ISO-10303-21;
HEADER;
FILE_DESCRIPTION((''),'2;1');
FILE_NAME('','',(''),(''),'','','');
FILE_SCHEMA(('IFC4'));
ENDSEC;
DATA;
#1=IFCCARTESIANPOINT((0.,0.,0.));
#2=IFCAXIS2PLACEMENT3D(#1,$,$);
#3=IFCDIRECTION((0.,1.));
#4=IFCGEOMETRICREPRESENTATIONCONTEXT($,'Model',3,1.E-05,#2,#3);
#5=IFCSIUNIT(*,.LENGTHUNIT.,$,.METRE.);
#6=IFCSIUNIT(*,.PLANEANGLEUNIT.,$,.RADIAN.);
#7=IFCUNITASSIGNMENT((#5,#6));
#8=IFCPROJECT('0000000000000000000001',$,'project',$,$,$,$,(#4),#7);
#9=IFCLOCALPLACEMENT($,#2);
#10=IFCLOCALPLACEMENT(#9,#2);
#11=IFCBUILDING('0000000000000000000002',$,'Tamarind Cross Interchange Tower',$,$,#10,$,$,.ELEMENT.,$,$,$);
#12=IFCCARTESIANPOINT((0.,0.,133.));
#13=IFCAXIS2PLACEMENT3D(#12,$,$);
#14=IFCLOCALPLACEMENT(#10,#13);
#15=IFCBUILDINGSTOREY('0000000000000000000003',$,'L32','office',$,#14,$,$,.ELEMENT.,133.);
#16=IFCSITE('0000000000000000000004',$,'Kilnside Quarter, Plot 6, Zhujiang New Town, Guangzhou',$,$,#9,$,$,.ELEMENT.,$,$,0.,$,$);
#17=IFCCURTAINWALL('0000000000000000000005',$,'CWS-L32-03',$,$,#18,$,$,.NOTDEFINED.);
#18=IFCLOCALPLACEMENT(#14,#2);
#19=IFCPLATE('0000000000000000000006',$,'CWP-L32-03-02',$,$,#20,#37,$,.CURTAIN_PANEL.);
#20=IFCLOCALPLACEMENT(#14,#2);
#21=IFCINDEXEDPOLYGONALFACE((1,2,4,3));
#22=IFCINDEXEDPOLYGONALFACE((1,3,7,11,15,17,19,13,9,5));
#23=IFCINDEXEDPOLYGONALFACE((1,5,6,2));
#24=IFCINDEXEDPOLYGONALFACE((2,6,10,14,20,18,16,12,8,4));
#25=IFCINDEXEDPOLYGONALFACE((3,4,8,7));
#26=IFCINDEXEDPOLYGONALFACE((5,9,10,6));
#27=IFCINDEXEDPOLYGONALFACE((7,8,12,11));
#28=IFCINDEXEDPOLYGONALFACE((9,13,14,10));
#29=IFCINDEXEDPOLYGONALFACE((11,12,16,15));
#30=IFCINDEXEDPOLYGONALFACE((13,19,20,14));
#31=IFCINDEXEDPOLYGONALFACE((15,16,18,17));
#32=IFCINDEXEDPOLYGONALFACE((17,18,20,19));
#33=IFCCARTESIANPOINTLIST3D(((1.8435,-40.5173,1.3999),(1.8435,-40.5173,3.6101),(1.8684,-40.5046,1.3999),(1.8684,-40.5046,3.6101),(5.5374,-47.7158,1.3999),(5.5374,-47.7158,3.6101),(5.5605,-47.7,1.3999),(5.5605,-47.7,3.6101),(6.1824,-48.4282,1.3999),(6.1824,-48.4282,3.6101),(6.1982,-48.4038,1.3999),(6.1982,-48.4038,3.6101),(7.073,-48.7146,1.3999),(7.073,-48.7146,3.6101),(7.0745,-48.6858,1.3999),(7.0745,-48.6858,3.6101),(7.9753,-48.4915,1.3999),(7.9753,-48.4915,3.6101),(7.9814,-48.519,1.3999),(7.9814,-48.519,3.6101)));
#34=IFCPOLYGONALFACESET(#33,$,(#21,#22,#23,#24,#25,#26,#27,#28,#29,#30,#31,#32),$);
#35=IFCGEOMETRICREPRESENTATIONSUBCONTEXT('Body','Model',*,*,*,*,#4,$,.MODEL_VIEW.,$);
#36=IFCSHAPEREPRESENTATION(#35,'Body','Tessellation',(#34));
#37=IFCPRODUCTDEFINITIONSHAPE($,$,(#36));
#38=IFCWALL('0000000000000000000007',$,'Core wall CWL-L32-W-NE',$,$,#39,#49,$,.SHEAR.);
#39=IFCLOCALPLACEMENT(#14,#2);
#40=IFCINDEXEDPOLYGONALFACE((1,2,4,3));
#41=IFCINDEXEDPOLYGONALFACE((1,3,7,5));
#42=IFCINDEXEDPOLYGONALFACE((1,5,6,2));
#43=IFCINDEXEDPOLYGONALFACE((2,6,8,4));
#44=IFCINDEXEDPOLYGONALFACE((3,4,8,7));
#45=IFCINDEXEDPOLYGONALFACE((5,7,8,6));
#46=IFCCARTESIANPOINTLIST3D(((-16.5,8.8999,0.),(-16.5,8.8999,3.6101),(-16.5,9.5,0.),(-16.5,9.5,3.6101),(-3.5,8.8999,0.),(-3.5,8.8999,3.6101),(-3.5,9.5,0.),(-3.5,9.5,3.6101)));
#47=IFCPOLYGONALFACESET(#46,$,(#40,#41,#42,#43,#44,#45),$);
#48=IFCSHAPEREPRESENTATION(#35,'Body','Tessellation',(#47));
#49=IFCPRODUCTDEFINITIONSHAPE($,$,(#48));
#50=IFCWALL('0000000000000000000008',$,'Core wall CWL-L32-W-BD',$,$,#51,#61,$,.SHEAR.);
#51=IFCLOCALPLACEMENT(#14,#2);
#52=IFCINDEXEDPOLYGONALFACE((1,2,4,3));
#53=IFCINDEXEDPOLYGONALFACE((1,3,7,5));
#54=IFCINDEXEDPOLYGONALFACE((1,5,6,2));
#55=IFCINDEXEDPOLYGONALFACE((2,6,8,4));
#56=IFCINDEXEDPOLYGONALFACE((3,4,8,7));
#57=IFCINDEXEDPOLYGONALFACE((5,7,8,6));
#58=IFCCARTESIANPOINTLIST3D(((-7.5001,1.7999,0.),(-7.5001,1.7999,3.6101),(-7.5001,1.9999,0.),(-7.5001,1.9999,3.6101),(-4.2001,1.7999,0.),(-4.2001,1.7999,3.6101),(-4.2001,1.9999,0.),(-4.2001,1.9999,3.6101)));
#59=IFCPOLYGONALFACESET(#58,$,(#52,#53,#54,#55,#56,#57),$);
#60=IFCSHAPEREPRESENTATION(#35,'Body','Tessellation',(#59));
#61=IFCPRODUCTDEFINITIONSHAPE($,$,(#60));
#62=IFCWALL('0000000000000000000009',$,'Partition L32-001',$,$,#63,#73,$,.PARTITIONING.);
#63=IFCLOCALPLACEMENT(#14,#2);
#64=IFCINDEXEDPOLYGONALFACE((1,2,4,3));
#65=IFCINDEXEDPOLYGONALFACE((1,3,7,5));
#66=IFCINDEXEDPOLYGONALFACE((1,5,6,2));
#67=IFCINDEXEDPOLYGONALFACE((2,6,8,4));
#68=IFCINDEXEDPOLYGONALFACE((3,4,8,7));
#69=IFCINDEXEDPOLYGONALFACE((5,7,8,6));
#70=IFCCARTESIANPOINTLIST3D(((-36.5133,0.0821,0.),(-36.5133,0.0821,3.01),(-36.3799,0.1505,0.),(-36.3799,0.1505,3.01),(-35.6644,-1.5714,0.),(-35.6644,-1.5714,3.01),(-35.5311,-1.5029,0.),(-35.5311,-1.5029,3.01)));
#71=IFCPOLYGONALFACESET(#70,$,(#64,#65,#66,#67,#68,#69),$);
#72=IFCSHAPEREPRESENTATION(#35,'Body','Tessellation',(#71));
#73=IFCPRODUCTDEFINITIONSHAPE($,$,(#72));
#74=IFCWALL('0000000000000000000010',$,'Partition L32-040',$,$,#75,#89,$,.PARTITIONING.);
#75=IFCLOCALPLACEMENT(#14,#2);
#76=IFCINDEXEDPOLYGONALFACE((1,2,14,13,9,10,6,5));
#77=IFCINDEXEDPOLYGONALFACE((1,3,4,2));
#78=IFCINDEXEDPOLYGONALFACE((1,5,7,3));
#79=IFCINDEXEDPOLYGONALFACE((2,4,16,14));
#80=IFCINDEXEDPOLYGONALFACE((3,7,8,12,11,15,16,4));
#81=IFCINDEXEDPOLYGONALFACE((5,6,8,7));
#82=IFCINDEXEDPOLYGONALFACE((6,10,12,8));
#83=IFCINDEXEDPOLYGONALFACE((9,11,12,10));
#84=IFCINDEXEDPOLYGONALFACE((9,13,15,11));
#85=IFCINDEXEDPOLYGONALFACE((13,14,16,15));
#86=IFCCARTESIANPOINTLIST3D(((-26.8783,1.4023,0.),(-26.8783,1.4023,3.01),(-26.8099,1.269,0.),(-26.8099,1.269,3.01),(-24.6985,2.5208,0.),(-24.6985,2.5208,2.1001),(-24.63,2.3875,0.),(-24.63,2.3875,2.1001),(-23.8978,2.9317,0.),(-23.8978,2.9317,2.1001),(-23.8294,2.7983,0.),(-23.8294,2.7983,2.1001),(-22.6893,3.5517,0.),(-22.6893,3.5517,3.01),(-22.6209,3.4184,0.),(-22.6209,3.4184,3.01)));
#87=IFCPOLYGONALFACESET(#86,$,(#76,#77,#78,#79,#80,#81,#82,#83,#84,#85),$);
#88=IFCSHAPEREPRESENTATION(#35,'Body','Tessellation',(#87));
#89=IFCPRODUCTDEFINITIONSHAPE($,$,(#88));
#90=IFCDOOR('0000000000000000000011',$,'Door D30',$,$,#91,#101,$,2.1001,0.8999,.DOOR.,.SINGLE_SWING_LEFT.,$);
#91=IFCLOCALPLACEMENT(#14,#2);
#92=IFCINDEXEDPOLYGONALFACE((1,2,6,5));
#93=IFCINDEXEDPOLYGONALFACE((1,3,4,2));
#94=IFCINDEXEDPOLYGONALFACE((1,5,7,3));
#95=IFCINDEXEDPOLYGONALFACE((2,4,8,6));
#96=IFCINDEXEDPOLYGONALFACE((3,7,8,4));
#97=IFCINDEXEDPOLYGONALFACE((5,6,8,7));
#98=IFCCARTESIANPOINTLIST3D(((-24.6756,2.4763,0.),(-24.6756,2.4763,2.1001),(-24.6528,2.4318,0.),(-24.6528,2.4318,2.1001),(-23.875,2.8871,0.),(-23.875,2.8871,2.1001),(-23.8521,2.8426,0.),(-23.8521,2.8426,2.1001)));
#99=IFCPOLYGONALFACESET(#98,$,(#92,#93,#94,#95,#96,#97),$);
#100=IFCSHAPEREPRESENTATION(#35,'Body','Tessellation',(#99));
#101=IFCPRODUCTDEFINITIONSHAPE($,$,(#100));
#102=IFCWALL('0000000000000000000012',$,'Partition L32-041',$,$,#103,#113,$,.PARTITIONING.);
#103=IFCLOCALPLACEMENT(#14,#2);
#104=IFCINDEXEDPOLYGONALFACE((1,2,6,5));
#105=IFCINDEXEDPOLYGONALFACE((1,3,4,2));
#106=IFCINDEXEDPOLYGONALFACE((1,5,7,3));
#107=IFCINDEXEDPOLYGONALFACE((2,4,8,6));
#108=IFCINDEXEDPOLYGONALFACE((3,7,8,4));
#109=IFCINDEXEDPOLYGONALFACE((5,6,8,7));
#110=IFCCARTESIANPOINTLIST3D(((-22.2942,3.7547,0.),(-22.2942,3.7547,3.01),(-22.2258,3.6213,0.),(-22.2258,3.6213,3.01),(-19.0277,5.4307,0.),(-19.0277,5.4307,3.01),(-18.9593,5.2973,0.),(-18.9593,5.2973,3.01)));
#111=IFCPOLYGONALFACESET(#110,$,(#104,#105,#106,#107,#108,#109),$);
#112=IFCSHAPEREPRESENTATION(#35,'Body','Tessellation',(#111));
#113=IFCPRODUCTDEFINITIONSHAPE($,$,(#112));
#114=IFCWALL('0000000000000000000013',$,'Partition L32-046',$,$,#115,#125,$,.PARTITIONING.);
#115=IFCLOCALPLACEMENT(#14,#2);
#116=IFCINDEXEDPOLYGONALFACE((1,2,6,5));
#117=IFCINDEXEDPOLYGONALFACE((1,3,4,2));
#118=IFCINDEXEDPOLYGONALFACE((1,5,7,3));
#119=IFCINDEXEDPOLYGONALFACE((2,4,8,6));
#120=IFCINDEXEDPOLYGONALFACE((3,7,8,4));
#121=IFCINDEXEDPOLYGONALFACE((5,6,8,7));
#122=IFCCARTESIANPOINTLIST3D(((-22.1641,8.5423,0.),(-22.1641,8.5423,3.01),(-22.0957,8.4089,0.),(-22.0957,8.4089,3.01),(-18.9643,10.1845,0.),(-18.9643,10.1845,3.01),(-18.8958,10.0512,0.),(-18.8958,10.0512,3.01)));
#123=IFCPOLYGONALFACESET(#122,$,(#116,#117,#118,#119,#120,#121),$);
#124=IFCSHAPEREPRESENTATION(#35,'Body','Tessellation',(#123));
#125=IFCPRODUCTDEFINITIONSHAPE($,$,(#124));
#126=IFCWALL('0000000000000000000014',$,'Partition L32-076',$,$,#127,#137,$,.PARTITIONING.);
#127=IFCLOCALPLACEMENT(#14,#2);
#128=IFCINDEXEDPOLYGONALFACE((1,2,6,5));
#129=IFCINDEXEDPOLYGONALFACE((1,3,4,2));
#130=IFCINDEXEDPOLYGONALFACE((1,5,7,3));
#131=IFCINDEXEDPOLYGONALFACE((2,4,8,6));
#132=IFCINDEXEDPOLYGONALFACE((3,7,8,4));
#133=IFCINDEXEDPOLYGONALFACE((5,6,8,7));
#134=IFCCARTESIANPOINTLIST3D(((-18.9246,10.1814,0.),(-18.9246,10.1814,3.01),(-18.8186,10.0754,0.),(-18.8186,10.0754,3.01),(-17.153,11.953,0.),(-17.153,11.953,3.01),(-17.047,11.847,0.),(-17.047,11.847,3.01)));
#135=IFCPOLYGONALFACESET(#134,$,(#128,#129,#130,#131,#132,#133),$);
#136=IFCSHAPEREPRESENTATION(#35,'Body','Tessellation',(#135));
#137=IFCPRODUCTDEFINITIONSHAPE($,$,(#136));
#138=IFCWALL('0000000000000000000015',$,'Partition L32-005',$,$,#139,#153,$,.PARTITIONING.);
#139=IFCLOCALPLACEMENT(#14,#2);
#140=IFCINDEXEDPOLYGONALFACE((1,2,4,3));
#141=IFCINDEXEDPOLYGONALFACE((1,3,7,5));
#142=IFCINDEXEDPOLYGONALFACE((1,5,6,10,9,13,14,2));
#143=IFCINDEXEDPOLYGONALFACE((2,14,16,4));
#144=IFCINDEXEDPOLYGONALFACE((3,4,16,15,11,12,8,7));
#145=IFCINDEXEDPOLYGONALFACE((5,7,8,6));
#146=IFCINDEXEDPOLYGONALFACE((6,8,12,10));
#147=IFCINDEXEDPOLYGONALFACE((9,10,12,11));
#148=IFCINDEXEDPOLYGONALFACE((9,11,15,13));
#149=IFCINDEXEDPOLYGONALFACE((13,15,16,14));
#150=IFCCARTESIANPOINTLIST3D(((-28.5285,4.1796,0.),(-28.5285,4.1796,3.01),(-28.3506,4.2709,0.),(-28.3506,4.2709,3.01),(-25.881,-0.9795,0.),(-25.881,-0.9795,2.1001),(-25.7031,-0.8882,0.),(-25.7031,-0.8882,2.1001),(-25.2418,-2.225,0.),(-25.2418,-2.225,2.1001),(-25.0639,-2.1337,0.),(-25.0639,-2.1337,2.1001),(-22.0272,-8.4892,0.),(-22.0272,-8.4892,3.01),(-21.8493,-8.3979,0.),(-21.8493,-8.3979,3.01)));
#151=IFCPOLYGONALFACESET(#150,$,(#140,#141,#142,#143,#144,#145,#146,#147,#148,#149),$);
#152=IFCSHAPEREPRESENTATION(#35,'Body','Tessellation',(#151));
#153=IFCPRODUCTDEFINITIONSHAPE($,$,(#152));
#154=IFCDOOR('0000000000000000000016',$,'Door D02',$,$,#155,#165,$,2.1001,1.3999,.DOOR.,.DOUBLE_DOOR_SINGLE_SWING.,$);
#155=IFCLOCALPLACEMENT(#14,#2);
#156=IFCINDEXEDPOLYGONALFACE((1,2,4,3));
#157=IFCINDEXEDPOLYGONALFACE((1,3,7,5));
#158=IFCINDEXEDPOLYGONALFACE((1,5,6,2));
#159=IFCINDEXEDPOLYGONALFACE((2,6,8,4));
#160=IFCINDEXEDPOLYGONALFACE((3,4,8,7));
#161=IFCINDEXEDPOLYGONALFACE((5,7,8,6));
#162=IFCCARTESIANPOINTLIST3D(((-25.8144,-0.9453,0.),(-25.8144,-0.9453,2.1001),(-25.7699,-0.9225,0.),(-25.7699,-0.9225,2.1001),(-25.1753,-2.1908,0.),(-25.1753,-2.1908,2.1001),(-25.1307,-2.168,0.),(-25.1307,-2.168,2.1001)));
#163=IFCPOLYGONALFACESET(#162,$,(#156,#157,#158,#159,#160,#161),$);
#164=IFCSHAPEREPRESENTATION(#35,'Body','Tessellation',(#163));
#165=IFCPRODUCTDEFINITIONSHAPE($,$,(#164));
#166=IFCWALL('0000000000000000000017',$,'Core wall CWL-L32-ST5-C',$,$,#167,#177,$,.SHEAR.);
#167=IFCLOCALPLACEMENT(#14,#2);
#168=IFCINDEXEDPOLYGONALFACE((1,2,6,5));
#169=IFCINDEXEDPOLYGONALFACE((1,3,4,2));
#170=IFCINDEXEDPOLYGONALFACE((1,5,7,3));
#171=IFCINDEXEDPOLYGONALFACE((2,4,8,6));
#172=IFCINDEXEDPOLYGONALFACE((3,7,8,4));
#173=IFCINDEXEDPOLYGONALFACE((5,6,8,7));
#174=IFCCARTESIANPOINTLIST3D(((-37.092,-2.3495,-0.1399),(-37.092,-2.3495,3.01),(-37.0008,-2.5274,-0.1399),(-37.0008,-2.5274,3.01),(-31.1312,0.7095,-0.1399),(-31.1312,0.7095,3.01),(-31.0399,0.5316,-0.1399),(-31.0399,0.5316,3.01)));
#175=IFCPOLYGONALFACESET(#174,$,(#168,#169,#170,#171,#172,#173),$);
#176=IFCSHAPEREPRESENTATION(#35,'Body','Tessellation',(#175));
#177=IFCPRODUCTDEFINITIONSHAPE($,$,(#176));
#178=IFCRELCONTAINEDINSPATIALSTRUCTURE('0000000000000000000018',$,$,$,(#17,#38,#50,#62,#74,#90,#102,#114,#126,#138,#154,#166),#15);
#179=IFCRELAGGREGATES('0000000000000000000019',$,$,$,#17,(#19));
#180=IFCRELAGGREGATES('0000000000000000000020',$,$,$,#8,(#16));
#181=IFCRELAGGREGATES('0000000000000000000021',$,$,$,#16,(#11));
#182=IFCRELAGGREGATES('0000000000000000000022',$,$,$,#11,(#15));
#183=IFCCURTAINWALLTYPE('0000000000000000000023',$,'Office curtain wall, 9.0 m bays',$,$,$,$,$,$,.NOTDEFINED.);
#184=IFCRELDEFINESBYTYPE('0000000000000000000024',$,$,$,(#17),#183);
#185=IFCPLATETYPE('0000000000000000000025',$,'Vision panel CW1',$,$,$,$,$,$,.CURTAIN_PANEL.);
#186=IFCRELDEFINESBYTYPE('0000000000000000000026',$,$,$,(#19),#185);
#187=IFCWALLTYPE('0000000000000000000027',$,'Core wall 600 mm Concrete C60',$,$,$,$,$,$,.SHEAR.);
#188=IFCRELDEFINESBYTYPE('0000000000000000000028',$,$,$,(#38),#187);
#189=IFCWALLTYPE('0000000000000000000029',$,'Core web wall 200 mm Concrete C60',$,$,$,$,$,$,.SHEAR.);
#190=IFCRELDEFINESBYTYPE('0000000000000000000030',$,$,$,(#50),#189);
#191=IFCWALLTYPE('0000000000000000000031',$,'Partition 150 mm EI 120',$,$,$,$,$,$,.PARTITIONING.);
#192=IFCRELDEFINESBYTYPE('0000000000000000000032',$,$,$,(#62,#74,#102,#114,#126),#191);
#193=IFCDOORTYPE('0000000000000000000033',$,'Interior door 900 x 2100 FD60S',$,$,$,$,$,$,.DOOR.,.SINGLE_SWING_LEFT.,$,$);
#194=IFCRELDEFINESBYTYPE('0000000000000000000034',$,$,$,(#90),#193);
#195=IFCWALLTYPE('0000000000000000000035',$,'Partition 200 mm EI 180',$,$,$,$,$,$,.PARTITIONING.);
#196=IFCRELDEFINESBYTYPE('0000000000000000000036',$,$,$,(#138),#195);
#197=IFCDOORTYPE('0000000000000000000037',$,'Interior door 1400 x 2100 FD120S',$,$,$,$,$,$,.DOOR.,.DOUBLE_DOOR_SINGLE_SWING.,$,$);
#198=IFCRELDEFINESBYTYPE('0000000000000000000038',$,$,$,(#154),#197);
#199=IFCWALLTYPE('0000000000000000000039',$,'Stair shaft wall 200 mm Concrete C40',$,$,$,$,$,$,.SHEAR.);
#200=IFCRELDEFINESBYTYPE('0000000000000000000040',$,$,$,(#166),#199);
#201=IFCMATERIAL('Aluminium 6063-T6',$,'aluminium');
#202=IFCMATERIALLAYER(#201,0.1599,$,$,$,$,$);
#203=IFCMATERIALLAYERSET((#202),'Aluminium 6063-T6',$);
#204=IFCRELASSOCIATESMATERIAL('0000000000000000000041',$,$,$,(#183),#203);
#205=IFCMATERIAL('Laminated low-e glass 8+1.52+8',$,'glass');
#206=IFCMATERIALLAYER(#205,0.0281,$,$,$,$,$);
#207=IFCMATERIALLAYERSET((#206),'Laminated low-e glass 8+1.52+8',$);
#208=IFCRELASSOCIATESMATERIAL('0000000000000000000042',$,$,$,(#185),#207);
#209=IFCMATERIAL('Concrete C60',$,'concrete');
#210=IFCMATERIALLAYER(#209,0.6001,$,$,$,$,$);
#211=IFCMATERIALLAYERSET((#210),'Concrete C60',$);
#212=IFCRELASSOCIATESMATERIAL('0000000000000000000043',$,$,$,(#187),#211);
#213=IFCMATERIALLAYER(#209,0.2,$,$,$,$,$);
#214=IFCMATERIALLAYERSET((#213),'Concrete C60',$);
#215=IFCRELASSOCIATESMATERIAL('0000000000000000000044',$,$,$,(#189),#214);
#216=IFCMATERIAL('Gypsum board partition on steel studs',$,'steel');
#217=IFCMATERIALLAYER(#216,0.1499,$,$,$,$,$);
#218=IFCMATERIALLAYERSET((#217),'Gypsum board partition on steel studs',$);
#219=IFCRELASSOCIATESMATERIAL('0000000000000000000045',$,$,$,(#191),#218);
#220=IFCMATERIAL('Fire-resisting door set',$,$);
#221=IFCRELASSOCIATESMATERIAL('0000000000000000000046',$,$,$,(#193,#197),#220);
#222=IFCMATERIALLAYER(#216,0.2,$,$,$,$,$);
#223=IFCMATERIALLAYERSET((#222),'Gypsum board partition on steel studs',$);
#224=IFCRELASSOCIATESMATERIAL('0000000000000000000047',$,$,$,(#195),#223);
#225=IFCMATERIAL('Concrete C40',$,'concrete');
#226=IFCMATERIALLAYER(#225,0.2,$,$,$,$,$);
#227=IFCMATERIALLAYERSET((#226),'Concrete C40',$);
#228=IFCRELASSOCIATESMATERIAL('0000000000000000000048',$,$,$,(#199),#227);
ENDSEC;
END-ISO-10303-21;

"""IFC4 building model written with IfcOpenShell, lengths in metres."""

from ifc_helpers import new_model, si_unit, direction, frame, frame_2d, origin, place, context, subcontext, project, spatial, polyline, rectangle, outline, extrude, material, layer, layer_set, type_object, element, fill, aggregate, save


model = new_model("IFC4")

# Units and contexts
model_context = context("Model", 3, precision=1e-05, world=origin(), true_north=direction((0.0, 1.0)))
body_context = subcontext(model_context, "Body", "Model", "MODEL_VIEW")
ifc_project = project(units=[si_unit("LENGTHUNIT", "METRE"), si_unit("PLANEANGLEUNIT", "RADIAN")], contexts=[model_context])

# Site, building, storey
site_placement = place(None, origin())
site = spatial("IfcSite", under=ifc_project, at=site_placement, Name="Kilnside Quarter, Plot 6, Zhujiang New Town, Guangzhou", CompositionType="ELEMENT", RefElevation=0.0)
building_placement = place(site_placement, origin())
building = spatial("IfcBuilding", under=site, at=building_placement, Name="Tamarind Cross Interchange Tower", CompositionType="ELEMENT")
storey_placement = place(building_placement, frame((0.0, 0.0, 133.0)))
storey = spatial("IfcBuildingStorey", under=building, at=storey_placement, Name="L32", Description="office", CompositionType="ELEMENT", Elevation=133.0)

# Shared definitions
ifc_material_1 = material(Name="Concrete C60", Category="concrete")

# Curtain wall
ifc_material_2 = material(Name="Aluminium 6063-T6", Category="aluminium")
ifc_layer_1 = layer(ifc_material_2, 0.1599)
ifc_layer_set_1 = layer_set([ifc_layer_1], Name="Aluminium 6063-T6")
curtain_wall_type_1 = type_object("IfcCurtainWallType", Name="Office curtain wall, 9.0 m bays", PredefinedType="NOTDEFINED", material=ifc_layer_set_1)
curtain_wall_1_placement = place(storey_placement, origin())
curtain_wall_1 = element("IfcCurtainWall", 1, at=curtain_wall_1_placement, inside=storey, type_object=curtain_wall_type_1, Name="CWS-L32-03", PredefinedType="NOTDEFINED")

# Plate
ifc_material_3 = material(Name="Laminated low-e glass 8+1.52+8", Category="glass")
ifc_layer_2 = layer(ifc_material_3, 0.0281)
ifc_layer_set_2 = layer_set([ifc_layer_2], Name="Laminated low-e glass 8+1.52+8")
plate_type = type_object("IfcPlateType", Name="Vision panel CW1", PredefinedType="CURTAIN_PANEL", material=ifc_layer_set_2)
plate_1_placement = place(storey_placement, frame((0.0, 0.0, 1.3999)))
plate_1 = element("IfcPlate", 2, at=plate_1_placement, type_object=plate_type, Name="CWP-L32-03-02", PredefinedType="CURTAIN_PANEL", context=body_context, shape_type="SweptSolid", body=[
    extrude(outline(polyline([(1.8684, -40.5046), (5.5605, -47.7), (6.1982, -48.4038), (7.0745, -48.6858), (7.9753, -48.4915), (7.9814, -48.519), (7.073, -48.7146), (6.1824, -48.4282), (5.5374, -47.7158), (1.8435, -40.5173), (1.8684, -40.5046)])), origin(), (0.0, 0.0, 1.0), 2.2102),
])
aggregate(curtain_wall_1, [plate_1])

# Walls
ifc_layer_3 = layer(ifc_material_1, 0.6001)
ifc_layer_set_3 = layer_set([ifc_layer_3], Name="Concrete C60")
wall_type_1 = type_object("IfcWallType", Name="Core wall 600 mm Concrete C60", PredefinedType="SHEAR", material=ifc_layer_set_3)
wall_1_placement = place(storey_placement, frame((-16.5, 9.2, 0.0), z_axis=(0.0, 0.0, 1.0), x_axis=(1.0, 0.0, 0.0)))
element("IfcWall", 3, at=wall_1_placement, inside=storey, type_object=wall_type_1, Name="Core wall CWL-L32-W-NE", PredefinedType="SHEAR", context=body_context, shape_type="SweptSolid", body=[
    extrude(rectangle(XDim=13.0, YDim=0.6001, at=frame_2d((6.5, 0.0))), origin(), (0.0, 0.0, 1.0), 3.6101),
])
ifc_layer_4 = layer(ifc_material_1, 0.2)
ifc_layer_set_4 = layer_set([ifc_layer_4], Name="Concrete C60")
wall_type_2 = type_object("IfcWallType", Name="Core web wall 200 mm Concrete C60", PredefinedType="SHEAR", material=ifc_layer_set_4)
wall_2_placement = place(storey_placement, frame((-7.5, 1.8999, 0.0), z_axis=(0.0, 0.0, 1.0), x_axis=(1.0, 0.0, 0.0)))
element("IfcWall", 4, at=wall_2_placement, inside=storey, type_object=wall_type_2, Name="Core wall CWL-L32-W-BD", PredefinedType="SHEAR", context=body_context, shape_type="SweptSolid", body=[
    extrude(rectangle(XDim=3.3, YDim=0.2, at=frame_2d((1.6499, 0.0))), origin(), (0.0, 0.0, 1.0), 3.6101),
])
ifc_material_4 = material(Name="Gypsum board partition on steel studs", Category="steel")
ifc_layer_5 = layer(ifc_material_4, 0.1499)
ifc_layer_set_5 = layer_set([ifc_layer_5], Name="Gypsum board partition on steel studs")
wall_type_3 = type_object("IfcWallType", Name="Partition 150 mm EI 120", PredefinedType="PARTITIONING", material=ifc_layer_set_5)
wall_3_placement = place(storey_placement, frame((-36.4465, 0.1162, 0.0), z_axis=(0.0, 0.0, 1.0), x_axis=(0.456698, -0.889622, 0.0)))
element("IfcWall", 5, at=wall_3_placement, inside=storey, type_object=wall_type_3, Name="Partition L32-001", PredefinedType="PARTITIONING", context=body_context, shape_type="SweptSolid", body=[
    extrude(rectangle(XDim=1.8586, YDim=0.1499, at=frame_2d((0.9292, 0.0))), origin(), (0.0, 0.0, 1.0), 3.01),
])

# Wall, opening, door
wall_4_placement = place(storey_placement, frame((-26.844, 1.3357, 0.0), z_axis=(0.0, 0.0, 1.0), x_axis=(0.889712, 0.456523, 0.0)))
wall_4 = element("IfcWall", 6, at=wall_4_placement, inside=storey, type_object=wall_type_3, Name="Partition L32-040", PredefinedType="PARTITIONING", context=body_context, shape_type="SweptSolid", body=[
    extrude(rectangle(XDim=4.7083, YDim=0.1499, at=frame_2d((2.354, 0.0))), origin(), (0.0, 0.0, 1.0), 3.01),
])
opening_1_placement = place(wall_4_placement, frame((2.45, 0.0, 0.0)))
opening_1 = element("IfcOpeningElement", 7, at=opening_1_placement, cuts=wall_4, PredefinedType="OPENING", context=body_context, shape_type="SweptSolid", body=[
    extrude(rectangle(XDim=0.8999, YDim=2.1001, at=frame_2d((0.45, 1.05))), frame((0.0, 0.085, 0.0), z_axis=(0.0, -1.0, 0.0), x_axis=(1.0, 0.0, 0.0)), (0.0, 0.0, 1.0), 0.1699),
])
ifc_material_5 = material(Name="Fire-resisting door set")
door_type_1 = type_object("IfcDoorType", Name="Interior door 900 x 2100 FD60S", OperationType="SINGLE_SWING_LEFT", PredefinedType="DOOR", material=ifc_material_5)
door_1_placement = place(opening_1_placement, origin())
door_1 = element("IfcDoor", 8, at=door_1_placement, inside=storey, type_object=door_type_1, Name="Door D30", OperationType="SINGLE_SWING_LEFT", OverallHeight=2.1001, OverallWidth=0.8999, PredefinedType="DOOR", context=body_context, shape_type="SweptSolid", body=[
    extrude(rectangle(XDim=0.8999, YDim=2.1001, at=frame_2d((0.45, 1.05))), frame((0.0, 0.0249, 0.0), z_axis=(0.0, -1.0, 0.0), x_axis=(1.0, 0.0, 0.0)), (0.0, 0.0, 1.0), 0.05),
])
fill(opening_1, door_1)

# Walls
wall_5_placement = place(storey_placement, frame((-22.26, 3.688, 0.0), z_axis=(0.0, 0.0, 1.0), x_axis=(0.889724, 0.456499, 0.0)))
element("IfcWall", 9, at=wall_5_placement, inside=storey, type_object=wall_type_3, Name="Partition L32-041", PredefinedType="PARTITIONING", context=body_context, shape_type="SweptSolid", body=[
    extrude(rectangle(XDim=3.6714, YDim=0.1499, at=frame_2d((1.8357, 0.0))), origin(), (0.0, 0.0, 1.0), 3.01),
])
wall_6_placement = place(storey_placement, frame((-22.1299, 8.4756, 0.0), z_axis=(0.0, 0.0, 1.0), x_axis=(0.889667, 0.45661, 0.0)))
element("IfcWall", 10, at=wall_6_placement, inside=storey, type_object=wall_type_3, Name="Partition L32-046", PredefinedType="PARTITIONING", context=body_context, shape_type="SweptSolid", body=[
    extrude(rectangle(XDim=3.5967, YDim=0.1499, at=frame_2d((1.7983, 0.0))), origin(), (0.0, 0.0, 1.0), 3.01),
])
wall_7_placement = place(storey_placement, frame((-18.8716, 10.1284, 0.0), z_axis=(0.0, 0.0, 1.0), x_axis=(0.707107, 0.707107, 0.0)))
element("IfcWall", 11, at=wall_7_placement, inside=storey, type_object=wall_type_3, Name="Partition L32-076", PredefinedType="PARTITIONING", context=body_context, shape_type="SweptSolid", body=[
    extrude(rectangle(XDim=2.5054, YDim=0.1499, at=frame_2d((1.2527, 0.0))), origin(), (0.0, 0.0, 1.0), 3.01),
])

# Wall, opening, door
ifc_layer_6 = layer(ifc_material_4, 0.2)
ifc_layer_set_6 = layer_set([ifc_layer_6], Name="Gypsum board partition on steel studs")
wall_type_4 = type_object("IfcWallType", Name="Partition 200 mm EI 180", PredefinedType="PARTITIONING", material=ifc_layer_set_6)
wall_8_placement = place(storey_placement, frame((-28.4395, 4.2251, 0.0), z_axis=(0.0, 0.0, 1.0), x_axis=(0.456564, -0.889691, 0.0)))
wall_8 = element("IfcWall", 12, at=wall_8_placement, inside=storey, type_object=wall_type_4, Name="Partition L32-005", PredefinedType="PARTITIONING", context=body_context, shape_type="SweptSolid", body=[
    extrude(rectangle(XDim=14.2395, YDim=0.2, at=frame_2d((7.1196, 0.0))), origin(), (0.0, 0.0, 1.0), 3.01),
])
opening_2_placement = place(wall_8_placement, frame((5.7986, 0.0, 0.0)))
opening_2 = element("IfcOpeningElement", 13, at=opening_2_placement, cuts=wall_8, PredefinedType="OPENING", context=body_context, shape_type="SweptSolid", body=[
    extrude(rectangle(XDim=1.3999, YDim=2.1001, at=frame_2d((0.7, 1.05))), frame((0.0, 0.1099, 0.0), z_axis=(0.0, -1.0, 0.0), x_axis=(1.0, 0.0, 0.0)), (0.0, 0.0, 1.0), 0.22),
])
door_type_2 = type_object("IfcDoorType", Name="Interior door 1400 x 2100 FD120S", OperationType="DOUBLE_DOOR_SINGLE_SWING", PredefinedType="DOOR", material=ifc_material_5)
door_2_placement = place(opening_2_placement, origin())
door_2 = element("IfcDoor", 14, at=door_2_placement, inside=storey, type_object=door_type_2, Name="Door D02", OperationType="DOUBLE_DOOR_SINGLE_SWING", OverallHeight=2.1001, OverallWidth=1.3999, PredefinedType="DOOR", context=body_context, shape_type="SweptSolid", body=[
    extrude(rectangle(XDim=1.3999, YDim=2.1001, at=frame_2d((0.7, 1.05))), frame((0.0, 0.0249, 0.0), z_axis=(0.0, -1.0, 0.0), x_axis=(1.0, 0.0, 0.0)), (0.0, 0.0, 1.0), 0.05),
])
fill(opening_2, door_2)

# Wall
ifc_material_6 = material(Name="Concrete C40", Category="concrete")
ifc_layer_7 = layer(ifc_material_6, 0.2)
ifc_layer_set_7 = layer_set([ifc_layer_7], Name="Concrete C40")
wall_type_5 = type_object("IfcWallType", Name="Stair shaft wall 200 mm Concrete C40", PredefinedType="SHEAR", material=ifc_layer_set_7)
wall_9_placement = place(storey_placement, frame((-31.0854, 0.6206, -0.1399), z_axis=(0.0, 0.0, 1.0), x_axis=(-0.889685, -0.456576, 0.0)))
element("IfcWall", 15, at=wall_9_placement, inside=storey, type_object=wall_type_5, Name="Core wall CWL-L32-ST5-C", PredefinedType="SHEAR", context=body_context, shape_type="SweptSolid", body=[
    extrude(rectangle(XDim=6.7, YDim=0.2, at=frame_2d((3.3501, 0.0))), origin(), (0.0, 0.0, 1.0), 3.1499),
])

save(model, "model.ifc")
